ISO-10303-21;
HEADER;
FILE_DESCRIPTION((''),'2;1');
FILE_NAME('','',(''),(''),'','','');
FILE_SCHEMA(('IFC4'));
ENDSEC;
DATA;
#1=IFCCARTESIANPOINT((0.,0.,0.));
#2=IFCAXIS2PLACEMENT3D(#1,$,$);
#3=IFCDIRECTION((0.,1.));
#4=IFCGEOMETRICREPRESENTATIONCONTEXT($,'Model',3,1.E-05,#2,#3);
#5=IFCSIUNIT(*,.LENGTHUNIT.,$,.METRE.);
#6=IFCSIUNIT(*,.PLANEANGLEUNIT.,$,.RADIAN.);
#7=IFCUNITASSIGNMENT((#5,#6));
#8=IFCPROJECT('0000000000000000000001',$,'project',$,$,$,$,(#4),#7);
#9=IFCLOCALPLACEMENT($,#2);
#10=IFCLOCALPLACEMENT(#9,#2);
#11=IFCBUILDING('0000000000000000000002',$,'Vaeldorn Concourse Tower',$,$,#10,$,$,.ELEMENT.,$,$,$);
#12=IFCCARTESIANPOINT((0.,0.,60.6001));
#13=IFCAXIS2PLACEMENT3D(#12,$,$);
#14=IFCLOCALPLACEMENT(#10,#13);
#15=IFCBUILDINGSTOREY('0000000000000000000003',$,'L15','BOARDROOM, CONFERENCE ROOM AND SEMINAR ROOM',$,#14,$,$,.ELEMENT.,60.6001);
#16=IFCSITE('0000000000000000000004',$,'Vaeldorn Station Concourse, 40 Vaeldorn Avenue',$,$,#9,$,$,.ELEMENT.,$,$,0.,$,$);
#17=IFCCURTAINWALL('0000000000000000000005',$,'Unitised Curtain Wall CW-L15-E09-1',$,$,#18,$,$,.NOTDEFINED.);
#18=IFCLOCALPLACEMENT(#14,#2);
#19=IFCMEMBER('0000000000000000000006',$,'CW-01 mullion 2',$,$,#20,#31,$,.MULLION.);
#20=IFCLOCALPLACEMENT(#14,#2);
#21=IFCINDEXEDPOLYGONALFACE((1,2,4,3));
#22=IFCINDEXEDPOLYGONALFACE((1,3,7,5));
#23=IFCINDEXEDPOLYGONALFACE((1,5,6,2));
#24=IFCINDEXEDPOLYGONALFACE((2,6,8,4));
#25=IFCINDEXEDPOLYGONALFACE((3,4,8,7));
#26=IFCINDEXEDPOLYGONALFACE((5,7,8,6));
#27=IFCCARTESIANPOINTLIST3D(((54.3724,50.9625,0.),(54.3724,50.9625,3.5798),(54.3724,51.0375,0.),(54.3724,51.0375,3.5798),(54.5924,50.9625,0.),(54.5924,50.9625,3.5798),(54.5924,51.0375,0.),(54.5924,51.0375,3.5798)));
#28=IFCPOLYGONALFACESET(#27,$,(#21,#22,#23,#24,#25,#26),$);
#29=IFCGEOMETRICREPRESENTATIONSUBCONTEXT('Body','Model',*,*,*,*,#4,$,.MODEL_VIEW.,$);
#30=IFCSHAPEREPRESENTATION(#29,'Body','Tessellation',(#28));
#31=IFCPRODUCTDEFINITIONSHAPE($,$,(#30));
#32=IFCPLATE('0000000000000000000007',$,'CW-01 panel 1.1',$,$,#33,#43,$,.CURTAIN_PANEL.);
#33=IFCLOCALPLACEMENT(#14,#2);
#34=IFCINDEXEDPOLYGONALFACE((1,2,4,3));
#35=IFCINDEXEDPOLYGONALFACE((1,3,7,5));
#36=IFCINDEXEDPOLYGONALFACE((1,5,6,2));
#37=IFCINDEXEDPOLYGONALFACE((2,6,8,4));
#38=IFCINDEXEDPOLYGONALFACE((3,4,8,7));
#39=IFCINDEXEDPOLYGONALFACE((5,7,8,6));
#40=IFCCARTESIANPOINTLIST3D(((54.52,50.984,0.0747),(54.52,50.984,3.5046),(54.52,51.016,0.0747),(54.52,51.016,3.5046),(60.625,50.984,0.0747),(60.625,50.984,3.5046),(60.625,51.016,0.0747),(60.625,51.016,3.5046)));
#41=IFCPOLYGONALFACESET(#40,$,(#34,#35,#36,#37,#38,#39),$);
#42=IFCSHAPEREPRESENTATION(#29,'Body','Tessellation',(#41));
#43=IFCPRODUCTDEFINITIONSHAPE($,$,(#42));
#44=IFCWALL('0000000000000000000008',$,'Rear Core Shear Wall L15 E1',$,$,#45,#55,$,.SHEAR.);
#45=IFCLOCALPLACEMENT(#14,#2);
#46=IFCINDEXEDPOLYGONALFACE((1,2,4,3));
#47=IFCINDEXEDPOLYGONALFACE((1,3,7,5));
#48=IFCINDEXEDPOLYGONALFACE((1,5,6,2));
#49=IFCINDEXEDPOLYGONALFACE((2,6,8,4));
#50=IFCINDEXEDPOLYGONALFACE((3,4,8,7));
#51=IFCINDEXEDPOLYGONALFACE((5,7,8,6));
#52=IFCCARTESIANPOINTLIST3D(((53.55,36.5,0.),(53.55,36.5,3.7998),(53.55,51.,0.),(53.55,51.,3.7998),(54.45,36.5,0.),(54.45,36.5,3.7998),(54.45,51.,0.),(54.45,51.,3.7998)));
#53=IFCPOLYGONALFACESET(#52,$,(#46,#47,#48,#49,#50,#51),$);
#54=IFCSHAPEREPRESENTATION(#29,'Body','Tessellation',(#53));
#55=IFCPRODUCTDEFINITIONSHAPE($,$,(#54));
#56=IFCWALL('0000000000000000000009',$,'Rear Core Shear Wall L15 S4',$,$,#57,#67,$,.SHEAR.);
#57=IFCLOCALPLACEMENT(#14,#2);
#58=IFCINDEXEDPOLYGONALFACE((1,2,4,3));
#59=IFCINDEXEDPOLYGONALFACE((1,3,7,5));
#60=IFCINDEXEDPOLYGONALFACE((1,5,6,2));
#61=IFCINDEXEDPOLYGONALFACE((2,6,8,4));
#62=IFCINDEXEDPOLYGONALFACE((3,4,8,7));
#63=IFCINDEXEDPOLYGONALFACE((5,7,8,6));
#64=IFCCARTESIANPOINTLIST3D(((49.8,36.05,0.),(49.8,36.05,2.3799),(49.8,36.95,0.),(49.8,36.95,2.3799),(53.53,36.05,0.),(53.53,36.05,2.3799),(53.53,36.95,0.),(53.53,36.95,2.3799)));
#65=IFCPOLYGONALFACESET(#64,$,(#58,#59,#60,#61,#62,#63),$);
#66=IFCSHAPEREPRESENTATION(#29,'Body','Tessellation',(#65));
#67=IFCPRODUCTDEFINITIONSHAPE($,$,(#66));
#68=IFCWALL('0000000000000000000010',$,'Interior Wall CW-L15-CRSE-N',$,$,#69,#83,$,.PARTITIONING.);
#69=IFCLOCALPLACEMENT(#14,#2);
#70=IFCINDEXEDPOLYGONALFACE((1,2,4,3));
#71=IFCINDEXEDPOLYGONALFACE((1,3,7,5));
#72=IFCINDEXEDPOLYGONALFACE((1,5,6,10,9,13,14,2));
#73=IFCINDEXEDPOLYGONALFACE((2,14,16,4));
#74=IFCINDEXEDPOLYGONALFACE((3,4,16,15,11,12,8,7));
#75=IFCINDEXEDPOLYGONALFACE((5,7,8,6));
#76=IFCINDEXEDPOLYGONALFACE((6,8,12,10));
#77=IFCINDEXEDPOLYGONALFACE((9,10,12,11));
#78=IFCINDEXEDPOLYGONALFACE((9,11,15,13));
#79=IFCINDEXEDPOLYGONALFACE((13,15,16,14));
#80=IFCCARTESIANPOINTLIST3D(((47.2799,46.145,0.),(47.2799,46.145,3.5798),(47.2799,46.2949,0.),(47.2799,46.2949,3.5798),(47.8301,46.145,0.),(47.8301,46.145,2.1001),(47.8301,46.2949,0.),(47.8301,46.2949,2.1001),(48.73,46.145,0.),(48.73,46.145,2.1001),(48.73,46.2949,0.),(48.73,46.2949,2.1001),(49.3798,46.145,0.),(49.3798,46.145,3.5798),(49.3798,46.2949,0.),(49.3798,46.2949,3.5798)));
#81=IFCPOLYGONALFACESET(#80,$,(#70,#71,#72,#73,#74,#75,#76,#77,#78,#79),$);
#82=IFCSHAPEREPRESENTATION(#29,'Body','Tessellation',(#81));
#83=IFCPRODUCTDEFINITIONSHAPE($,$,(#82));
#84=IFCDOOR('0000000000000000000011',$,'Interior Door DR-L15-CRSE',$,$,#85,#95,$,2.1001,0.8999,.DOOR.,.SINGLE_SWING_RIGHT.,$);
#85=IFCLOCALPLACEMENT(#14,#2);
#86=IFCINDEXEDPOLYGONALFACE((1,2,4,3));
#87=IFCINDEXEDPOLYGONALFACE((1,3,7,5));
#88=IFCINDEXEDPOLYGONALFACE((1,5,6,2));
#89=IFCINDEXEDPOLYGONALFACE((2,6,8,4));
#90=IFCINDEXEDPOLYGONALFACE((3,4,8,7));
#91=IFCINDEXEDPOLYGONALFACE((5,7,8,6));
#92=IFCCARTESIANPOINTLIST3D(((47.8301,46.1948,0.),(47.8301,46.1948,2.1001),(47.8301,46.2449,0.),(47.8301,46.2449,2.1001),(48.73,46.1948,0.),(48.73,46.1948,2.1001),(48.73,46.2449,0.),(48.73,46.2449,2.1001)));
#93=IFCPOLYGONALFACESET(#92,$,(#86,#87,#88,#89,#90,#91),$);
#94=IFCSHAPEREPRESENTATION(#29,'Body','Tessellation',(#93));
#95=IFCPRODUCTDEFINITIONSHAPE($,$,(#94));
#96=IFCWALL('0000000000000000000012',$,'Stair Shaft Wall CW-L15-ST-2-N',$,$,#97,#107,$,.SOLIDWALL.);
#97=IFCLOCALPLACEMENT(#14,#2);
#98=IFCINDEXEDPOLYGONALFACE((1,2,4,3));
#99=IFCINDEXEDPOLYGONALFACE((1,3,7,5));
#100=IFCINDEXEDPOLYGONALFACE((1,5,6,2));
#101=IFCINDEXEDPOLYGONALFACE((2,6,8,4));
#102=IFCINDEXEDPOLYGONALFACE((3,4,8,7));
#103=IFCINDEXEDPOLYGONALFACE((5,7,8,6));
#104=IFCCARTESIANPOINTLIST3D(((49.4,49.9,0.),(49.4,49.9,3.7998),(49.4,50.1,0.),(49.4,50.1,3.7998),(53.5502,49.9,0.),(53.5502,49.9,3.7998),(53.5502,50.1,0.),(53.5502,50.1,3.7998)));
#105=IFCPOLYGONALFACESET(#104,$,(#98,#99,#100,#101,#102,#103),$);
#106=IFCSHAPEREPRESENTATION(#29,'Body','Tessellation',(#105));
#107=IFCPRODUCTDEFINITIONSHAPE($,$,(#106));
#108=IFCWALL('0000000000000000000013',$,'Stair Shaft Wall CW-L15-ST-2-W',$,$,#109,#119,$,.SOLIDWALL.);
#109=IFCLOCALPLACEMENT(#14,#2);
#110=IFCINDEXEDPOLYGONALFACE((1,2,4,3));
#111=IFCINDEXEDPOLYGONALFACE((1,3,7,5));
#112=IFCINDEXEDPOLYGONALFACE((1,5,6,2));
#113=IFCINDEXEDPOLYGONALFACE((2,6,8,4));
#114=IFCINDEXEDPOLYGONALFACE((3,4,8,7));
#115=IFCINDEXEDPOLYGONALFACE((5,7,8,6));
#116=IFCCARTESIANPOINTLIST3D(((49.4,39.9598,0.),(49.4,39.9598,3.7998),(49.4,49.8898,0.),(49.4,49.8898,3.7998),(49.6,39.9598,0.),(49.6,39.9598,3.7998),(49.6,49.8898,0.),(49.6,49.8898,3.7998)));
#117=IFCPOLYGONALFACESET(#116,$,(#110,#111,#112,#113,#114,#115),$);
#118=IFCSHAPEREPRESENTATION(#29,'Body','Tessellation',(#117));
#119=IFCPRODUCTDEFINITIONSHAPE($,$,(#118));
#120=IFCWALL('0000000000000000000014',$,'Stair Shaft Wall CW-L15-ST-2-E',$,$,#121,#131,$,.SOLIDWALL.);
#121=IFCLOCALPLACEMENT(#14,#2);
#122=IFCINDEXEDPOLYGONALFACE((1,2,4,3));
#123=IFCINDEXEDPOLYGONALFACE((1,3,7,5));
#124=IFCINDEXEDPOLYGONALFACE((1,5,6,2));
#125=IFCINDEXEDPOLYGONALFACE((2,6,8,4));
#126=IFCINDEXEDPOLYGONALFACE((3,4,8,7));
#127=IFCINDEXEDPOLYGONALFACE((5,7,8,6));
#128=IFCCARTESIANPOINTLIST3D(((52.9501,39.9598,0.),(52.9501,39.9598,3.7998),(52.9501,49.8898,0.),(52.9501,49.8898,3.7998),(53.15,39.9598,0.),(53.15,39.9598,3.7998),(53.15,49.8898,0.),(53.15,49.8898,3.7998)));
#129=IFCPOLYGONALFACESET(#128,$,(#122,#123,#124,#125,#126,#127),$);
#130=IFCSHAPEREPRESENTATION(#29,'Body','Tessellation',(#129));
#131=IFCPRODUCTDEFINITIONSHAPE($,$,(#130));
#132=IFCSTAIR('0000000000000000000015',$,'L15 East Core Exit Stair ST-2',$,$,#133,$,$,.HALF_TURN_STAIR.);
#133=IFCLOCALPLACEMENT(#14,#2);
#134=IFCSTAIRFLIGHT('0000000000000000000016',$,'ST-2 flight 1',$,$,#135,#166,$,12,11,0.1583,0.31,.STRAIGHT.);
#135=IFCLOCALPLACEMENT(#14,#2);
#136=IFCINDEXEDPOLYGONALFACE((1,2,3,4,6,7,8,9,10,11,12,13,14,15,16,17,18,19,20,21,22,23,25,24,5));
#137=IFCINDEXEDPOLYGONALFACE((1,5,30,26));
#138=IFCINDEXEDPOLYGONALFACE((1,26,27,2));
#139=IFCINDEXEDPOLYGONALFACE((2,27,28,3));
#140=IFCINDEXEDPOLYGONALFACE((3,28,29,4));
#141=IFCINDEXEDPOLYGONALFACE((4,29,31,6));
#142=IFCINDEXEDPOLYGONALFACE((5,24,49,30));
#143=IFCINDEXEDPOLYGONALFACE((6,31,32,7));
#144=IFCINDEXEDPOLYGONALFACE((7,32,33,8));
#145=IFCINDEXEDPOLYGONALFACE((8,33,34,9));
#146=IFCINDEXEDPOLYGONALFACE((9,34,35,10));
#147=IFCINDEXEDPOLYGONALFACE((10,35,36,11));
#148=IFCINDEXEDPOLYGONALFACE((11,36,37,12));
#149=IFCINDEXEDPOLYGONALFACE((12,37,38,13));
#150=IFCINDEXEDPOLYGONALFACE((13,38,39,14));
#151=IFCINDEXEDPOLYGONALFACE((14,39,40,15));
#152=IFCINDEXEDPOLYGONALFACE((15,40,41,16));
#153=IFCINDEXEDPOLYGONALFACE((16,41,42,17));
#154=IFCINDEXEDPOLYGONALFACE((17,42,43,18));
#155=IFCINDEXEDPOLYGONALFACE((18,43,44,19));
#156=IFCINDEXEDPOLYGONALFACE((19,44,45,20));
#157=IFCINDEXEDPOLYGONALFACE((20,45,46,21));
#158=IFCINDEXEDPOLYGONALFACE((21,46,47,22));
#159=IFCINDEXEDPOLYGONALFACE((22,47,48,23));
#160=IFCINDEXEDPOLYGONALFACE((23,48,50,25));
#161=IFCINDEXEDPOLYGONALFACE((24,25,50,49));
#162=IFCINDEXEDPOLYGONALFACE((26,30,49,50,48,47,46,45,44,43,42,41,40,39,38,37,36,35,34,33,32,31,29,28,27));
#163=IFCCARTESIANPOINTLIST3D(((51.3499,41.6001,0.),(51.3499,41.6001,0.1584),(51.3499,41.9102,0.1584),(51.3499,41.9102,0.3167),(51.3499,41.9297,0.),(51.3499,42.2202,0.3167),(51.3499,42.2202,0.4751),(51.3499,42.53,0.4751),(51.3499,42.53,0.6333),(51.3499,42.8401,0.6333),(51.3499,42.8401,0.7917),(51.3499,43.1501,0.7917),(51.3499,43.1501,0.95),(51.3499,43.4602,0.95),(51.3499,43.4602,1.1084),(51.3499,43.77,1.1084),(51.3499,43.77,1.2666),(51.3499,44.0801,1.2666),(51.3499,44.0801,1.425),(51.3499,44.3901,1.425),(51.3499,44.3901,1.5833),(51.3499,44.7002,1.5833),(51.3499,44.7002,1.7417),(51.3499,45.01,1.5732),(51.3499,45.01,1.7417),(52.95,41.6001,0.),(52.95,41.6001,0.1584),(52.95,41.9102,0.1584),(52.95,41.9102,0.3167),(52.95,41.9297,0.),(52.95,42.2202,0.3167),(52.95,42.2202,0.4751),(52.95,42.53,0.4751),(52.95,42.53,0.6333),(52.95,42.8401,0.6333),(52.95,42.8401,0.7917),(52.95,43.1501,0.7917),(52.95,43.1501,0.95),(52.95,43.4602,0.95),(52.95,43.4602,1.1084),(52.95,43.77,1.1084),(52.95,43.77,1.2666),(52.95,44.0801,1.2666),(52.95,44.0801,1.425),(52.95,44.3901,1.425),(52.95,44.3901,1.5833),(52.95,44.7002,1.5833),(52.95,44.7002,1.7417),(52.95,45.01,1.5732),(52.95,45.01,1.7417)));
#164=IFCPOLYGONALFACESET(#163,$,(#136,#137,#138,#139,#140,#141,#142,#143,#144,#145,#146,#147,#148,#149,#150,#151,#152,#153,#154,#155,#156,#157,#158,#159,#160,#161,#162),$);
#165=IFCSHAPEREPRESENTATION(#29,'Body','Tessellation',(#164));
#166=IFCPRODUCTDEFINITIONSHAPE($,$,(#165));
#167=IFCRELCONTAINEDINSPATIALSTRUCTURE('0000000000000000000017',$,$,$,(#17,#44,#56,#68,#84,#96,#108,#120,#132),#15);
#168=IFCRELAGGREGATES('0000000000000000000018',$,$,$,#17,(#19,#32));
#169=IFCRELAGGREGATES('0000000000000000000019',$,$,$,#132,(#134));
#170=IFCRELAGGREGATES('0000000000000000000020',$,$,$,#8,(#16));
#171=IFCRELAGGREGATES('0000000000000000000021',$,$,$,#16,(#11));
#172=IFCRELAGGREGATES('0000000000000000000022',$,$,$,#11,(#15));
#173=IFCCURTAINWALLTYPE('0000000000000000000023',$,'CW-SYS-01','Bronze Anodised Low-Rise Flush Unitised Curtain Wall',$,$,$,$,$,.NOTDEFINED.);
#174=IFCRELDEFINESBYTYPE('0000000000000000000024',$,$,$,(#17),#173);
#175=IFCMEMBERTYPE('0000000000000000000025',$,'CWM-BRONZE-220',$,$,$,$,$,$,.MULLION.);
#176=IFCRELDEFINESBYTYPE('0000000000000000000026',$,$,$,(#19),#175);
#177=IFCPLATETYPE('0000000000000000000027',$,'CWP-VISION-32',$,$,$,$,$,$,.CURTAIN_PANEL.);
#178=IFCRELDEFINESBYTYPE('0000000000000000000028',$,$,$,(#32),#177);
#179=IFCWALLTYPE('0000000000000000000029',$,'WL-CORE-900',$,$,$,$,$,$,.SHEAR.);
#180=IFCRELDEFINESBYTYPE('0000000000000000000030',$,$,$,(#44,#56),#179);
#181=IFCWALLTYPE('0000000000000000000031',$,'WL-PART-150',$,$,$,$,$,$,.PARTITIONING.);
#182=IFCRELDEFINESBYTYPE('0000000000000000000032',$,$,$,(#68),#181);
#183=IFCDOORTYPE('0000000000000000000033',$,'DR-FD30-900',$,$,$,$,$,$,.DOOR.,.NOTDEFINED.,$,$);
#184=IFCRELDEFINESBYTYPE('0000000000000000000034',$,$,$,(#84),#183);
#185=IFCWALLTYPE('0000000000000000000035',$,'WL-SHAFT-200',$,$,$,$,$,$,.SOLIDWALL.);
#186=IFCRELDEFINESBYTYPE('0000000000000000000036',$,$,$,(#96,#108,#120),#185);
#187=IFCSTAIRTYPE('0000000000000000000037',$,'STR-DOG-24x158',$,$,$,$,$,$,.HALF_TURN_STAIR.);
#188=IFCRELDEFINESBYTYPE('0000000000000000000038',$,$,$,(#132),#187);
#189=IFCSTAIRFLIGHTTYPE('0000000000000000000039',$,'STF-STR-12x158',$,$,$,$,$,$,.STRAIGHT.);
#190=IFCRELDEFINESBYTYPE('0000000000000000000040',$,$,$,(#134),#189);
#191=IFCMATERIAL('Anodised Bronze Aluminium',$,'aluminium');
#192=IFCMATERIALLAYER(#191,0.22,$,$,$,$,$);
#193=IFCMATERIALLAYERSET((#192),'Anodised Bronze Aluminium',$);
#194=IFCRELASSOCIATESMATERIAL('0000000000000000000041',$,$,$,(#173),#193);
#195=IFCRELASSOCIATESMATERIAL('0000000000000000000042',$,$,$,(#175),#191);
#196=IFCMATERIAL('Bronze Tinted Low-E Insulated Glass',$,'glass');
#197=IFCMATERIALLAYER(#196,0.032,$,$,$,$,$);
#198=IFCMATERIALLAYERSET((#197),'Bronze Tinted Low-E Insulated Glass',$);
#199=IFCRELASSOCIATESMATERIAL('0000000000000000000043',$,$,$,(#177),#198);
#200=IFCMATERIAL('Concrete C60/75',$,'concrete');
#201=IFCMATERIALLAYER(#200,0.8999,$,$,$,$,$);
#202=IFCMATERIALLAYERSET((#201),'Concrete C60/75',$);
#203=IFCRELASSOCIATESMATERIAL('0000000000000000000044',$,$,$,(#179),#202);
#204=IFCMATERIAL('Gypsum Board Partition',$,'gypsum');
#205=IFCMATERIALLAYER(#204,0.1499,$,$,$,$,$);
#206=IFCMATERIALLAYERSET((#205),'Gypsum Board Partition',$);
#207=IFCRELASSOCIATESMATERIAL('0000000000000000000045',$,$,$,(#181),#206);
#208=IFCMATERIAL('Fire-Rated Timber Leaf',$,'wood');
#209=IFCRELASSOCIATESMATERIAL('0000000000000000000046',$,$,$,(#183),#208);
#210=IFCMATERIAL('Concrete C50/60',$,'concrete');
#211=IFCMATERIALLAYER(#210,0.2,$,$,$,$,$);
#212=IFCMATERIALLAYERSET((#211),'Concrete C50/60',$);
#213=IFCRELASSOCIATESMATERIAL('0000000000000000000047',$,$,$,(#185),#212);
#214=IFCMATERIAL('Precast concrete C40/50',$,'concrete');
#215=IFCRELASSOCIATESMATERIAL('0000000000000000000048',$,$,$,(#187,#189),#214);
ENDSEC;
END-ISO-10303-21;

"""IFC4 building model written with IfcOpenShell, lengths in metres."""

from ifc_helpers import new_model, si_unit, direction, frame, frame_2d, origin, origin_2d, place, context, subcontext, project, spatial, polyline, rectangle, outline, extrude, source, transform, mapped, material, layer, layer_set, material_profile, profile_set, type_object, element, fill, aggregate, save


model = new_model("IFC4")

# Units and contexts
model_context = context("Model", 3, precision=1e-05, world=origin(), true_north=direction((0.0, 1.0)))
body_context = subcontext(model_context, "Body", "Model", "MODEL_VIEW")
ifc_project = project(units=[si_unit("LENGTHUNIT", "METRE"), si_unit("PLANEANGLEUNIT", "RADIAN")], contexts=[model_context])

# Site, building, storey
site_placement = place(None, origin())
site = spatial("IfcSite", under=ifc_project, at=site_placement, Name="Vaeldorn Station Concourse, 40 Vaeldorn Avenue", CompositionType="ELEMENT", RefElevation=0.0)
building_placement = place(site_placement, origin())
building = spatial("IfcBuilding", under=site, at=building_placement, Name="Vaeldorn Concourse Tower", CompositionType="ELEMENT")
storey_placement = place(building_placement, frame((0.0, 0.0, 60.6001)))
storey = spatial("IfcBuildingStorey", under=building, at=storey_placement, Name="L15", Description="BOARDROOM, CONFERENCE ROOM AND SEMINAR ROOM", CompositionType="ELEMENT", Elevation=60.6001)

# Shared definitions
ifc_material_1 = material(Name="Concrete C60/75", Category="concrete")

# Curtain wall, member, plate
ifc_material_2 = material(Name="Anodised Bronze Aluminium", Category="aluminium")
ifc_layer_1 = layer(ifc_material_2, 0.22)
ifc_layer_set_1 = layer_set([ifc_layer_1], Name="Anodised Bronze Aluminium")
curtain_wall_type = type_object("IfcCurtainWallType", Name="CW-SYS-01", Description="Bronze Anodised Low-Rise Flush Unitised Curtain Wall", PredefinedType="NOTDEFINED", material=ifc_layer_set_1)
curtain_wall_placement = place(storey_placement, origin())
curtain_wall = element("IfcCurtainWall", 1, at=curtain_wall_placement, inside=storey, type_object=curtain_wall_type, Name="Unitised Curtain Wall CW-L15-E09-1", PredefinedType="NOTDEFINED")
ifc_material_profile_1 = material_profile(ifc_material_2, rectangle(XDim=0.075, YDim=0.22, at=origin_2d()), Name="CWM 75x220")
ifc_profile_set_1 = profile_set([ifc_material_profile_1], Name="Anodised Bronze Aluminium")
member_type = type_object("IfcMemberType", Name="CWM-BRONZE-220", PredefinedType="MULLION", material=ifc_profile_set_1)
shared_shape_1 = source(origin(), body_context, "Body", "SweptSolid", [
    extrude(rectangle(XDim=0.075, YDim=0.22, at=origin_2d()), origin(), (0.0, 0.0, 1.0), 3.5798),
])
member_placement = place(storey_placement, frame((54.4824, 51.0, 0.0), z_axis=(0.0, 0.0, 1.0), x_axis=(0.0, -1.0, 0.0)))
member = element("IfcMember", 2, at=member_placement, type_object=member_type, Name="CW-01 mullion 2", PredefinedType="MULLION", context=body_context, shape_type="MappedRepresentation", body=[
    mapped(shared_shape_1, transform((0.0, 0.0, 0.0), scale=1.0)),
])
ifc_material_3 = material(Name="Bronze Tinted Low-E Insulated Glass", Category="glass")
ifc_layer_2 = layer(ifc_material_3, 0.032)
ifc_layer_set_2 = layer_set([ifc_layer_2], Name="Bronze Tinted Low-E Insulated Glass")
plate_type = type_object("IfcPlateType", Name="CWP-VISION-32", PredefinedType="CURTAIN_PANEL", material=ifc_layer_set_2)
shared_shape_2 = source(origin(), body_context, "Body", "SweptSolid", [
    extrude(rectangle(XDim=6.105, YDim=0.032, at=origin_2d()), origin(), (0.0, 0.0, 1.0), 3.4299),
])
plate_placement = place(storey_placement, frame((57.5725, 51.0, 0.0747), z_axis=(0.0, 0.0, 1.0), x_axis=(-1.0, 0.0, 0.0)))
plate = element("IfcPlate", 3, at=plate_placement, type_object=plate_type, Name="CW-01 panel 1.1", PredefinedType="CURTAIN_PANEL", context=body_context, shape_type="MappedRepresentation", body=[
    mapped(shared_shape_2, transform((0.0, 0.0, 0.0), scale=1.0)),
])
aggregate(curtain_wall, [member, plate])

# Walls
ifc_layer_3 = layer(ifc_material_1, 0.8999)
ifc_layer_set_3 = layer_set([ifc_layer_3], Name="Concrete C60/75")
wall_type_1 = type_object("IfcWallType", Name="WL-CORE-900", PredefinedType="SHEAR", material=ifc_layer_set_3)
wall_1_placement = place(storey_placement, frame((54.0, 36.5, 0.0), z_axis=(0.0, 0.0, 1.0), x_axis=(0.0, 1.0, 0.0)))
element("IfcWall", 4, at=wall_1_placement, inside=storey, type_object=wall_type_1, Name="Rear Core Shear Wall L15 E1", PredefinedType="SHEAR", context=body_context, shape_type="SweptSolid", body=[
    extrude(rectangle(XDim=14.5, YDim=0.8999, at=frame_2d((7.25, 0.0))), origin(), (0.0, 0.0, 1.0), 3.7998),
])
wall_2_placement = place(storey_placement, frame((49.8, 36.5, 0.0), z_axis=(0.0, 0.0, 1.0), x_axis=(1.0, 0.0, 0.0)))
element("IfcWall", 5, at=wall_2_placement, inside=storey, type_object=wall_type_1, Name="Rear Core Shear Wall L15 S4", PredefinedType="SHEAR", context=body_context, shape_type="SweptSolid", body=[
    extrude(rectangle(XDim=3.73, YDim=0.8999, at=frame_2d((1.865, 0.0))), origin(), (0.0, 0.0, 1.0), 2.3799),
])

# Wall, opening, door
ifc_material_4 = material(Name="Gypsum Board Partition", Category="gypsum")
ifc_layer_4 = layer(ifc_material_4, 0.1499)
ifc_layer_set_4 = layer_set([ifc_layer_4], Name="Gypsum Board Partition")
wall_type_2 = type_object("IfcWallType", Name="WL-PART-150", PredefinedType="PARTITIONING", material=ifc_layer_set_4)
wall_3_placement = place(storey_placement, frame((47.28, 46.22, 0.0), z_axis=(0.0, 0.0, 1.0), x_axis=(1.0, 0.0, 0.0)))
wall_3 = element("IfcWall", 6, at=wall_3_placement, inside=storey, type_object=wall_type_2, Name="Interior Wall CW-L15-CRSE-N", PredefinedType="PARTITIONING", context=body_context, shape_type="SweptSolid", body=[
    extrude(rectangle(XDim=2.0999, YDim=0.1499, at=frame_2d((1.0498, 0.0))), origin(), (0.0, 0.0, 1.0), 3.5798),
])
opening_1_placement = place(wall_3_placement, frame((0.55, 0.0, 0.0)))
opening_1 = element("IfcOpeningElement", 7, at=opening_1_placement, cuts=wall_3, PredefinedType="OPENING", context=body_context, shape_type="SweptSolid", body=[
    extrude(rectangle(XDim=0.8999, YDim=2.1001, at=frame_2d((0.45, 1.05))), frame((0.0, 0.085, 0.0), z_axis=(0.0, -1.0, 0.0), x_axis=(1.0, 0.0, 0.0)), (0.0, 0.0, 1.0), 0.1699),
])
ifc_material_5 = material(Name="Fire-Rated Timber Leaf", Category="wood")
door_type_1 = type_object("IfcDoorType", Name="DR-FD30-900", OperationType="NOTDEFINED", PredefinedType="DOOR", material=ifc_material_5)
shared_shape_3 = source(origin(), body_context, "Body", "SweptSolid", [
    extrude(rectangle(XDim=0.8999, YDim=2.1001, at=frame_2d((0.45, 1.05))), frame((0.0, 0.0249, 0.0), z_axis=(0.0, -1.0, 0.0), x_axis=(1.0, 0.0, 0.0)), (0.0, 0.0, 1.0), 0.05),
])
door_1_placement = place(opening_1_placement, origin())
door_1 = element("IfcDoor", 8, at=door_1_placement, inside=storey, type_object=door_type_1, Name="Interior Door DR-L15-CRSE", OperationType="SINGLE_SWING_RIGHT", OverallHeight=2.1001, OverallWidth=0.8999, PredefinedType="DOOR", context=body_context, shape_type="MappedRepresentation", body=[
    mapped(shared_shape_3, transform((0.0, 0.0, 0.0), scale=1.0)),
])
fill(opening_1, door_1)
ifc_material_6 = material(Name="Concrete C50/60", Category="concrete")
ifc_layer_5 = layer(ifc_material_6, 0.2)
ifc_layer_set_5 = layer_set([ifc_layer_5], Name="Concrete C50/60")
wall_type_3 = type_object("IfcWallType", Name="WL-SHAFT-200", PredefinedType="SOLIDWALL", material=ifc_layer_set_5)

# Walls
wall_4_placement = place(storey_placement, frame((49.3999, 50.0, 0.0), z_axis=(0.0, 0.0, 1.0), x_axis=(1.0, 0.0, 0.0)))
element("IfcWall", 9, at=wall_4_placement, inside=storey, type_object=wall_type_3, Name="Stair Shaft Wall CW-L15-ST-2-N", PredefinedType="SOLIDWALL", context=body_context, shape_type="SweptSolid", body=[
    extrude(rectangle(XDim=4.1501, YDim=0.2, at=frame_2d((2.0752, 0.0))), origin(), (0.0, 0.0, 1.0), 3.7998),
])
for number, where, z_axis, x_axis, name in (
    (10, (49.5, 39.96, 0.0), (0.0, 0.0, 1.0), (0.0, 1.0, 0.0), "Stair Shaft Wall CW-L15-ST-2-W"),
    (11, (53.05, 39.96, 0.0), (0.0, 0.0, 1.0), (0.0, 1.0, 0.0), "Stair Shaft Wall CW-L15-ST-2-E"),
):
    element("IfcWall", number, at=place(storey_placement, frame(where, z_axis=z_axis, x_axis=x_axis)), inside=storey, type_object=wall_type_3, Name=name, PredefinedType="SOLIDWALL", context=body_context, shape_type="SweptSolid", body=[
        extrude(rectangle(XDim=9.9299, YDim=0.2, at=frame_2d((4.9648, 0.0))), origin(), (0.0, 0.0, 1.0), 3.7998),
    ])

# Stair, stair flight
ifc_material_7 = material(Name="Precast concrete C40/50", Category="concrete")
stair_type = type_object("IfcStairType", Name="STR-DOG-24x158", PredefinedType="HALF_TURN_STAIR", material=ifc_material_7)
stair_placement = place(storey_placement, origin())
stair = element("IfcStair", 12, at=stair_placement, inside=storey, type_object=stair_type, Name="L15 East Core Exit Stair ST-2", PredefinedType="HALF_TURN_STAIR")
stair_flight_type = type_object("IfcStairFlightType", Name="STF-STR-12x158", PredefinedType="STRAIGHT", material=ifc_material_7)
stair_flight_1_placement = place(storey_placement, frame((52.1499, 41.6001, 0.0), z_axis=(0.0, 0.0, 1.0), x_axis=(0.0, 1.0, 0.0)))
stair_flight_1 = element("IfcStairFlight", 13, at=stair_flight_1_placement, type_object=stair_flight_type, Name="ST-2 flight 1", NumberOfRisers=12, NumberOfTreads=11, PredefinedType="STRAIGHT", RiserHeight=0.1583, TreadLength=0.31, context=body_context, shape_type="SweptSolid", body=[
    extrude(outline(polyline([(0.0, 0.0), (0.0, 0.1584), (0.3101, 0.1584), (0.3101, 0.3167), (0.6201, 0.3167), (0.6201, 0.4751), (0.9299, 0.4751), (0.9299, 0.6333), (1.24, 0.6333), (1.24, 0.7917), (1.55, 0.7917), (1.55, 0.95), (1.8601, 0.95), (1.8601, 1.1084), (2.1699, 1.1084), (2.1699, 1.2666), (2.48, 1.2666), (2.48, 1.425), (2.79, 1.425), (2.79, 1.5833), (3.1001, 1.5833), (3.1001, 1.7417), (3.4099, 1.7417), (3.4099, 1.8999), (3.4099, 1.5732), (0.3296, 0.0), (0.0, 0.0)])), frame((0.0, 0.8, 0.0), z_axis=(0.0, -1.0, 0.0), x_axis=(1.0, 0.0, 0.0)), (0.0, 0.0, 1.0), 1.6001),
])
aggregate(stair, [stair_flight_1])

save(model, "model.ifc")
